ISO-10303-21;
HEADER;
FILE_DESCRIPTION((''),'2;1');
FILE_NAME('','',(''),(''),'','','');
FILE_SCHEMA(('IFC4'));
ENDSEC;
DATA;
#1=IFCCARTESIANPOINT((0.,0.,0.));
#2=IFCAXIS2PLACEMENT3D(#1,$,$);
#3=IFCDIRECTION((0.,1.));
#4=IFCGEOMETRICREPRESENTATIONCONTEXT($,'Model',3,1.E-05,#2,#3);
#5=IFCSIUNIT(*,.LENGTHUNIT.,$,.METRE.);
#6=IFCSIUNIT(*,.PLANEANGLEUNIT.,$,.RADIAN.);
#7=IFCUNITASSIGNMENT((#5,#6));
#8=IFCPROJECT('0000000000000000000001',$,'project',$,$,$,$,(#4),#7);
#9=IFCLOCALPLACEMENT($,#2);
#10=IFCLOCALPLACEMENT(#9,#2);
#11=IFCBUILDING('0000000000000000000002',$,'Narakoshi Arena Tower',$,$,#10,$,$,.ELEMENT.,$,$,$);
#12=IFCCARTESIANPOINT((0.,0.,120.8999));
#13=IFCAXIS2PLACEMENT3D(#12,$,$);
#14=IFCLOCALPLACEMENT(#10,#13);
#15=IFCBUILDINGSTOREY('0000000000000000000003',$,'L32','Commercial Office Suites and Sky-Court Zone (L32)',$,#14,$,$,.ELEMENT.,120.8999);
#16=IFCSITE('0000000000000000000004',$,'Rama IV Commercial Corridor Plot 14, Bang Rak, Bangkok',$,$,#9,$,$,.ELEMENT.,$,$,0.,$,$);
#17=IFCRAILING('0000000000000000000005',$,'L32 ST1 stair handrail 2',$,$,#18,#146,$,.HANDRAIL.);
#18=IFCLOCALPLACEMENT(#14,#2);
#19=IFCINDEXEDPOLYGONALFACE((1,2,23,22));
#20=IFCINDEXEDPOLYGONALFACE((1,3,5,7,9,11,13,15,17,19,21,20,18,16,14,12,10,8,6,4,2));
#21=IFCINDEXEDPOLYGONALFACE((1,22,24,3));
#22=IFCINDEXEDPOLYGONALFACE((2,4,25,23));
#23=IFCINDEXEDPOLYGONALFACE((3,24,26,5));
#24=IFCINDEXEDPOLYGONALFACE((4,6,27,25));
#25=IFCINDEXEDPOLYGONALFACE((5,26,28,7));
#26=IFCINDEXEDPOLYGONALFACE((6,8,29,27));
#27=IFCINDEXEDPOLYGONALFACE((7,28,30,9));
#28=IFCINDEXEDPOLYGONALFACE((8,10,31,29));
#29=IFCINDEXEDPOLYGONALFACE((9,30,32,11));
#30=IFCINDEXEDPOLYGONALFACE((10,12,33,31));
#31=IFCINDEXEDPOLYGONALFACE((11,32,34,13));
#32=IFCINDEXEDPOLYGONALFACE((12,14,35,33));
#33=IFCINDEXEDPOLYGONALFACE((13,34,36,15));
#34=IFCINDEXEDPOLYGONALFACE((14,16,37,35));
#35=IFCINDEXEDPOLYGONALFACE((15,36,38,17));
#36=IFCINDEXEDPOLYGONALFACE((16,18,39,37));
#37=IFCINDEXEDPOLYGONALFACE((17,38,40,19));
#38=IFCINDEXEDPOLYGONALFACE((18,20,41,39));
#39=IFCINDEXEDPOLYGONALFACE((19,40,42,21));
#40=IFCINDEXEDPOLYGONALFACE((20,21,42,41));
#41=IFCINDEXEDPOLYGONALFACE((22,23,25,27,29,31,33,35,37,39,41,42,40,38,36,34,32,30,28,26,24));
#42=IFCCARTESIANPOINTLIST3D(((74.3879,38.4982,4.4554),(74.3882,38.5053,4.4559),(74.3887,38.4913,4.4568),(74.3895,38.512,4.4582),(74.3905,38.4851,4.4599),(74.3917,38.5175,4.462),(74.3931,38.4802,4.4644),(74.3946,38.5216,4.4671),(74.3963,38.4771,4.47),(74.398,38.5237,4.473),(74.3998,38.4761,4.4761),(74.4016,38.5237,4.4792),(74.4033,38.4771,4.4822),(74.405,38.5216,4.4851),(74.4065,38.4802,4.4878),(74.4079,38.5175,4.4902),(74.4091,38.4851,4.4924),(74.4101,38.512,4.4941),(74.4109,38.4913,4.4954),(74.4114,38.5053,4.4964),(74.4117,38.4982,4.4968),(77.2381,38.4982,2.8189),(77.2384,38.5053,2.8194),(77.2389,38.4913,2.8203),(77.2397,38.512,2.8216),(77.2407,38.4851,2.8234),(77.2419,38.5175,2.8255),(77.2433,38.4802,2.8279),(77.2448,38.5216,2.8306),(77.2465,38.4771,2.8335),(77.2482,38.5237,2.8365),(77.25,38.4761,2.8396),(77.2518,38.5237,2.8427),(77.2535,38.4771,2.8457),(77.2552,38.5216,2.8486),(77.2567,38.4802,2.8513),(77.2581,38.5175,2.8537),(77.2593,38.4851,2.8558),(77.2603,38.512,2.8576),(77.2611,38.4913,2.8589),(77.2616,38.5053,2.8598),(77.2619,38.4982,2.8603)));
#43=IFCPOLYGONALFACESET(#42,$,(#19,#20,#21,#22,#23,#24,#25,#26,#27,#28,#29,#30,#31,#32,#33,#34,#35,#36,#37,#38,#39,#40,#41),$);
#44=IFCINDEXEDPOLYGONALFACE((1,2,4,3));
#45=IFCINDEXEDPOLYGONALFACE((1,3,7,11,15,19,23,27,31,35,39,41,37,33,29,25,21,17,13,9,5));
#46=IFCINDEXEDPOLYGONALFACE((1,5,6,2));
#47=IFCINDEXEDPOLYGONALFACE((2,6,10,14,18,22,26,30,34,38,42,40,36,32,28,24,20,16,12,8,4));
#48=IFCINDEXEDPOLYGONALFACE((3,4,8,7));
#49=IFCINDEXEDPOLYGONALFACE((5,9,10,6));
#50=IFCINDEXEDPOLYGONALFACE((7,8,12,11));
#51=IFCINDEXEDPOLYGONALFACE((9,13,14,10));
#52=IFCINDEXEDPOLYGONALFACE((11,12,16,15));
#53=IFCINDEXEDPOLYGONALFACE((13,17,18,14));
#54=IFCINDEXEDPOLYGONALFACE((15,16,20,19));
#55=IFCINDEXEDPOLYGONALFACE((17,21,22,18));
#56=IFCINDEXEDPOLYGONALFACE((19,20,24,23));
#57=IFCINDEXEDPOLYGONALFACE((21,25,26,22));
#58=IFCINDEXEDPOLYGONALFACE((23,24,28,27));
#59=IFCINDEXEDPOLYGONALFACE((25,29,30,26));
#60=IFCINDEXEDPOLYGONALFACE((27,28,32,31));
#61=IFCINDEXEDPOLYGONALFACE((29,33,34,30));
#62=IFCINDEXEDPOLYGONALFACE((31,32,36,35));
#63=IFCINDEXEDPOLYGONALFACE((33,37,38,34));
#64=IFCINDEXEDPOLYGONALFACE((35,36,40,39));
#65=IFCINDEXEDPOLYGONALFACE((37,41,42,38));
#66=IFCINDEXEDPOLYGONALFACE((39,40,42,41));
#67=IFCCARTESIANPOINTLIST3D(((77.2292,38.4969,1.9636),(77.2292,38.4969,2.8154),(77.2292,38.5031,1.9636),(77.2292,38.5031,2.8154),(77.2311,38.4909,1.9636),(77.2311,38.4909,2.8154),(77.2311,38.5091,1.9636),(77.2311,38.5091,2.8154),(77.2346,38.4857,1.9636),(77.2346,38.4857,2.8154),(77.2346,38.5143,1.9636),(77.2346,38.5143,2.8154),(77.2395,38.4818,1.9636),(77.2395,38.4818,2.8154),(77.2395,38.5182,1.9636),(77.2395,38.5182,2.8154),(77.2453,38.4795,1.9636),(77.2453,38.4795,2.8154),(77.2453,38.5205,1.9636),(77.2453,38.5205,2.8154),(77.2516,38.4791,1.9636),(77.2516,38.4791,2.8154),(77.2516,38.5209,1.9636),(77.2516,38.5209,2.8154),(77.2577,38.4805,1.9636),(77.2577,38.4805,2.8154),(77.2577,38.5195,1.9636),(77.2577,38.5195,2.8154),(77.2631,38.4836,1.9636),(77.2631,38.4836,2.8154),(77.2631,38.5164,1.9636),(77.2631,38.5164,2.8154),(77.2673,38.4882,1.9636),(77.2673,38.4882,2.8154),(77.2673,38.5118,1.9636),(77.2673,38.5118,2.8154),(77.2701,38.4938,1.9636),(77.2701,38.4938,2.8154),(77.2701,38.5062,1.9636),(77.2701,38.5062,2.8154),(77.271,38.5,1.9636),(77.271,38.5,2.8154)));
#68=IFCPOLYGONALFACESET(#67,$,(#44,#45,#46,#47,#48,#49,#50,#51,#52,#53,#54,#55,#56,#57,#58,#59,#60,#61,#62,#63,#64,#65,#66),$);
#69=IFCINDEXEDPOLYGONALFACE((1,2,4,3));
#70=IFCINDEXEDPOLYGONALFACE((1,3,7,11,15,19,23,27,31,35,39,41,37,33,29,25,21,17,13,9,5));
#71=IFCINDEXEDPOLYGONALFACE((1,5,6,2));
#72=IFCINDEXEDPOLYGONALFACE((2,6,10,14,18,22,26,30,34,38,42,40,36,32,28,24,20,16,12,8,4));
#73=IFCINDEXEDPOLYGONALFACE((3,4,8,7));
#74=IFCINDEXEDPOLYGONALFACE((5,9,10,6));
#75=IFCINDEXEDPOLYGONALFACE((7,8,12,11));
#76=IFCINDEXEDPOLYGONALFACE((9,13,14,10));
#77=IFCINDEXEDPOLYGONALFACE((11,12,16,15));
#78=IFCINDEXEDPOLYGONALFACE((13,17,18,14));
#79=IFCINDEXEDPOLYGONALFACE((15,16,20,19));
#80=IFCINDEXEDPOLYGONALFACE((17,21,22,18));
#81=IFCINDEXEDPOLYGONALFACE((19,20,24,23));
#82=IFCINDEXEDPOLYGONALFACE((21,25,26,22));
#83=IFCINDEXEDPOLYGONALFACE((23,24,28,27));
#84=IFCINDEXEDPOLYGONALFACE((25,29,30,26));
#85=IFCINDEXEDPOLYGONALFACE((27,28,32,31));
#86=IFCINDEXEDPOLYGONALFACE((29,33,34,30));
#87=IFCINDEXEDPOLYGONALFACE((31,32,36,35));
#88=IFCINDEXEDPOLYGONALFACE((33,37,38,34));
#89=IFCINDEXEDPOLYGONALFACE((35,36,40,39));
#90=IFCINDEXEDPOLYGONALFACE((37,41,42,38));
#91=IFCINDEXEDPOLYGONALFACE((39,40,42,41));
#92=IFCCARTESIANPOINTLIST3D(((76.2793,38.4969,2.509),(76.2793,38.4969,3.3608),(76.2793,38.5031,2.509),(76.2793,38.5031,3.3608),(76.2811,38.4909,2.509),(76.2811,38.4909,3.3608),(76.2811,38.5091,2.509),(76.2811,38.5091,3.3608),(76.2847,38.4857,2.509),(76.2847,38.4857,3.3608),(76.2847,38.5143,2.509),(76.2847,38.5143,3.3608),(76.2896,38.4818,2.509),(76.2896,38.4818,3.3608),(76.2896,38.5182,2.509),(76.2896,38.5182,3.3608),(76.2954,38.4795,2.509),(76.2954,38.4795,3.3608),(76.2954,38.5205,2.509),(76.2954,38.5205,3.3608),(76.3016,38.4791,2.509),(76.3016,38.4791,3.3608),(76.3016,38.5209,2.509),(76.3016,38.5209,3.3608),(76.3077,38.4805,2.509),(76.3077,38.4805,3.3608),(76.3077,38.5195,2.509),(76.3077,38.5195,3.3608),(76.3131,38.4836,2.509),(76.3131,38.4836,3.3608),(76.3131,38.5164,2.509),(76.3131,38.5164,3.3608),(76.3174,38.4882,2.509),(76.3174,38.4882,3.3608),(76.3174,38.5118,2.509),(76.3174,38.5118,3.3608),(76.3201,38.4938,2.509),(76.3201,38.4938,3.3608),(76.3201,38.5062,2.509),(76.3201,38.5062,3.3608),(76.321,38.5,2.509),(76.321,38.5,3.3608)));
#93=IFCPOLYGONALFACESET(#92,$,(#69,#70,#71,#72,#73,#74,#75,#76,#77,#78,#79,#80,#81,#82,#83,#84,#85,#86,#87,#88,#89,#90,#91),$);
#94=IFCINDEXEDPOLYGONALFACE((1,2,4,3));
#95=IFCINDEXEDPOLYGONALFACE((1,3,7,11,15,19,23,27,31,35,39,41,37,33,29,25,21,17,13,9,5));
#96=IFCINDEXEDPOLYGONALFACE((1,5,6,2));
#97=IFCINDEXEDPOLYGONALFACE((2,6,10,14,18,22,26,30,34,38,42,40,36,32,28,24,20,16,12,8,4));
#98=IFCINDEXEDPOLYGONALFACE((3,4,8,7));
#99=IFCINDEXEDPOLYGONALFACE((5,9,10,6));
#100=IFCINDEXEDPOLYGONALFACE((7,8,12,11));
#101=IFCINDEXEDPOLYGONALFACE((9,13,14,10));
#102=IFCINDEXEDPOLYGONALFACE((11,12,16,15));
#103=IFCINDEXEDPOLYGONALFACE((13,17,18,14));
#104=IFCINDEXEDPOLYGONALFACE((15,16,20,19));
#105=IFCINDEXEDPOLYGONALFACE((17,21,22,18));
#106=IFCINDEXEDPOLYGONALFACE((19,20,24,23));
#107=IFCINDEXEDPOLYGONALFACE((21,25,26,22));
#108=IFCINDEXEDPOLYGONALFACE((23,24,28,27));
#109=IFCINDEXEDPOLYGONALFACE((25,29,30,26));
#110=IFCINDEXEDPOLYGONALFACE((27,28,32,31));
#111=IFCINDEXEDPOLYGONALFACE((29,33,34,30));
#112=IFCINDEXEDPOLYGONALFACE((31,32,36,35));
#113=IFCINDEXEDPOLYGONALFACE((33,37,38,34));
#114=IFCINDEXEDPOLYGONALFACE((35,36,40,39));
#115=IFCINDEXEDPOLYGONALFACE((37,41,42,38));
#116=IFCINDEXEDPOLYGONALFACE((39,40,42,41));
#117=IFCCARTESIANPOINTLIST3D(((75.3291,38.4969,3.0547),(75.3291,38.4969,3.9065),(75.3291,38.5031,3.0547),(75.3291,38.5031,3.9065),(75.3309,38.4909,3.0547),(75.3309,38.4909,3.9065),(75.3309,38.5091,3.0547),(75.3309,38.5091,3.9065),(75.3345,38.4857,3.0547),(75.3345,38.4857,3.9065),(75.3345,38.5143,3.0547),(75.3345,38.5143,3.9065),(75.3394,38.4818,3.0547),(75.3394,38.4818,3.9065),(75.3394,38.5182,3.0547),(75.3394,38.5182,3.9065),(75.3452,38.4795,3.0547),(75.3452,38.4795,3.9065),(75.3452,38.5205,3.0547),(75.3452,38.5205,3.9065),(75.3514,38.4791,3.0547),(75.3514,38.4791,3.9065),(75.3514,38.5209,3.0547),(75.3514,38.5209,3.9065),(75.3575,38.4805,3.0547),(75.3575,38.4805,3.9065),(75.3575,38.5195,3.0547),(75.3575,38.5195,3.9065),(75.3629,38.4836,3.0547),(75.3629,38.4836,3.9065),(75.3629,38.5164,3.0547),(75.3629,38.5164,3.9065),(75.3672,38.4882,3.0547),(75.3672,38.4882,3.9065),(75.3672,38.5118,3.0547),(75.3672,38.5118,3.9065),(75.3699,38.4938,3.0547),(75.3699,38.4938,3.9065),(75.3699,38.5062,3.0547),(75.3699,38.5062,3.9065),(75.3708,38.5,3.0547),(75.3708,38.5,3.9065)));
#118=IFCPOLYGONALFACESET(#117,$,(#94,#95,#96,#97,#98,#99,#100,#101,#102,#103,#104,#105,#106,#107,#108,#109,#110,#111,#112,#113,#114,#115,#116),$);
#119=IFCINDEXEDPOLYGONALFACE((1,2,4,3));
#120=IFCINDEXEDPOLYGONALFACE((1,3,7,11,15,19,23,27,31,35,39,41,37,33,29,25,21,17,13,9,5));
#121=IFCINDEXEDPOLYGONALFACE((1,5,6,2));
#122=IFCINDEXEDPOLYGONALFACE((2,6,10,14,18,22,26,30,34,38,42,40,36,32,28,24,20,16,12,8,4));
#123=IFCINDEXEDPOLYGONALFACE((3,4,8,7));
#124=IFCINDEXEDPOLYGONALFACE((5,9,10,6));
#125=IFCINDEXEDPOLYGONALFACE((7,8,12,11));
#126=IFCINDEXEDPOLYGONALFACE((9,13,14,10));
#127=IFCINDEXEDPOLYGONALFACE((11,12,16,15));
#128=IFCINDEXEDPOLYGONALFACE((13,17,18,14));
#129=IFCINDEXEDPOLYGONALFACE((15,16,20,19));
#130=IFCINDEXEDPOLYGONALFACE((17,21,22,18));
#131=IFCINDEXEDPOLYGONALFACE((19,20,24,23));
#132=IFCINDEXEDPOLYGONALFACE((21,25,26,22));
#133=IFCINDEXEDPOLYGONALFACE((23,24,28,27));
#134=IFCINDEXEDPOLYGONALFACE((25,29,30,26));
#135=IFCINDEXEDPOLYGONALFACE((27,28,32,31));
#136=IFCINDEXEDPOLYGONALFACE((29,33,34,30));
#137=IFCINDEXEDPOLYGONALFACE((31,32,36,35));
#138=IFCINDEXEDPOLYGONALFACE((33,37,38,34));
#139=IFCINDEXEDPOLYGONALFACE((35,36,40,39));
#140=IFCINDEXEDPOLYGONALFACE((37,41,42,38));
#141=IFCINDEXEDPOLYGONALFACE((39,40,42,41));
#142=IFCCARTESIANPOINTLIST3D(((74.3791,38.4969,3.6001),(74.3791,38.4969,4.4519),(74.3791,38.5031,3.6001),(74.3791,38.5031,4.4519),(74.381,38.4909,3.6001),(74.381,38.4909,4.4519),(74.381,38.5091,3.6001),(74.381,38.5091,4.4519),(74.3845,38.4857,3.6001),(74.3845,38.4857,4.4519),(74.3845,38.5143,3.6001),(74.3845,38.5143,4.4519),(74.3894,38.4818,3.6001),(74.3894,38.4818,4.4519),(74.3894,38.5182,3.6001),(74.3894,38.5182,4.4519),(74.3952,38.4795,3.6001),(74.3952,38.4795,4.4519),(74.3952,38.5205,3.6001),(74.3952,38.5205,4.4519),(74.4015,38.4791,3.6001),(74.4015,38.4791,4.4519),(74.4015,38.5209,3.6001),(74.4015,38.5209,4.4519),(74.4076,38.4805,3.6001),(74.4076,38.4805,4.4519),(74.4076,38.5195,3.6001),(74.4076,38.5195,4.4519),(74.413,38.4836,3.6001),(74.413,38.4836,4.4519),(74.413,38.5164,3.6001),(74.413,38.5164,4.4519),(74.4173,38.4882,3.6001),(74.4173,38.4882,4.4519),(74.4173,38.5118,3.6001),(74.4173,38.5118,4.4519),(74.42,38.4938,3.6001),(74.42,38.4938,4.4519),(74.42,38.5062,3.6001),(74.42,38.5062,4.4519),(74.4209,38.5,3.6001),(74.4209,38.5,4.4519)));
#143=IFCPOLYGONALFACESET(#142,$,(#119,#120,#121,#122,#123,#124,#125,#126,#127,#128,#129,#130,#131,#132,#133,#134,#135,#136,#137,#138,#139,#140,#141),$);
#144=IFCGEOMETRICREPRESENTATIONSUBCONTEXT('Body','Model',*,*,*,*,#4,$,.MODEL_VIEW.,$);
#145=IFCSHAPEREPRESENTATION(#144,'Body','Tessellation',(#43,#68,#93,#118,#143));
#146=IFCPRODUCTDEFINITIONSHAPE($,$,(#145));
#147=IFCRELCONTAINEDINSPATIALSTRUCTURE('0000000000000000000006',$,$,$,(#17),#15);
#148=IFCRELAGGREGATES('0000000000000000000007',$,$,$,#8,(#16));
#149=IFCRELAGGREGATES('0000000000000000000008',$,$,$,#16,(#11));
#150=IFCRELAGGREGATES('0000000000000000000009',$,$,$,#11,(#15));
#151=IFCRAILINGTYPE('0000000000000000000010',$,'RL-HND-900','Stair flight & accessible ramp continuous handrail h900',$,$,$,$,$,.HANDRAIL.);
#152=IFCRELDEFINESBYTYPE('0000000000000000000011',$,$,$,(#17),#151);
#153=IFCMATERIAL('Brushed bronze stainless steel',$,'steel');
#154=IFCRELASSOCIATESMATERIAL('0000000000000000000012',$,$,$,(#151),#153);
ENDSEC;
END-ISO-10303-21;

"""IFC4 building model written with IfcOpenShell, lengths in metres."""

from ifc_helpers import new_model, si_unit, direction, frame, origin, origin_2d, place, context, subcontext, project, spatial, circle, extrude, material, type_object, element, save


model = new_model("IFC4")

# Units and contexts
model_context = context("Model", 3, precision=1e-05, world=origin(), true_north=direction((0.0, 1.0)))
body_context = subcontext(model_context, "Body", "Model", "MODEL_VIEW")
ifc_project = project(units=[si_unit("LENGTHUNIT", "METRE"), si_unit("PLANEANGLEUNIT", "RADIAN")], contexts=[model_context])

# Site, building, storey
site_placement = place(None, origin())
site = spatial("IfcSite", under=ifc_project, at=site_placement, Name="Rama IV Commercial Corridor Plot 14, Bang Rak, Bangkok", CompositionType="ELEMENT", RefElevation=0.0)
building_placement = place(site_placement, origin())
building = spatial("IfcBuilding", under=site, at=building_placement, Name="Narakoshi Arena Tower", CompositionType="ELEMENT")
storey_placement = place(building_placement, frame((0.0, 0.0, 120.8999)))
storey = spatial("IfcBuildingStorey", under=building, at=storey_placement, Name="L32", Description="Commercial Office Suites and Sky-Court Zone (L32)", CompositionType="ELEMENT", Elevation=120.8999)

# Shared definitions
ifc_material_1 = material(Name="Brushed bronze stainless steel", Category="steel")

# Railing
railing_type_1 = type_object("IfcRailingType", Name="RL-HND-900", Description="Stair flight & accessible ramp continuous handrail h900", PredefinedType="HANDRAIL", material=ifc_material_1)
railing_1_placement = place(storey_placement, frame((77.25, 38.5, 1.9636)))
element("IfcRailing", 1, at=railing_1_placement, inside=storey, type_object=railing_type_1, Name="L32 ST1 stair handrail 2", PredefinedType="HANDRAIL", context=body_context, shape_type="SweptSolid", body=[
    extrude(circle(Radius=0.0239, at=origin_2d()), frame((0.0, 0.0, 0.876), z_axis=(-0.867213, 0.0, 0.497938), x_axis=(0.0, -1.0, 0.0)), (0.0, 0.0, 1.0), 3.2866),
    extrude(circle(Radius=0.021, at=origin_2d()), origin(), (0.0, 0.0, 1.0), 0.8518),
    extrude(circle(Radius=0.021, at=origin_2d()), frame((-0.95, 0.0, 0.5454)), (0.0, 0.0, 1.0), 0.8518),
    extrude(circle(Radius=0.021, at=origin_2d()), frame((-1.9001, 0.0, 1.0911)), (0.0, 0.0, 1.0), 0.8518),
    extrude(circle(Radius=0.021, at=origin_2d()), frame((-2.8501, 0.0, 1.6365)), (0.0, 0.0, 1.0), 0.8518),
])

save(model, "model.ifc")
